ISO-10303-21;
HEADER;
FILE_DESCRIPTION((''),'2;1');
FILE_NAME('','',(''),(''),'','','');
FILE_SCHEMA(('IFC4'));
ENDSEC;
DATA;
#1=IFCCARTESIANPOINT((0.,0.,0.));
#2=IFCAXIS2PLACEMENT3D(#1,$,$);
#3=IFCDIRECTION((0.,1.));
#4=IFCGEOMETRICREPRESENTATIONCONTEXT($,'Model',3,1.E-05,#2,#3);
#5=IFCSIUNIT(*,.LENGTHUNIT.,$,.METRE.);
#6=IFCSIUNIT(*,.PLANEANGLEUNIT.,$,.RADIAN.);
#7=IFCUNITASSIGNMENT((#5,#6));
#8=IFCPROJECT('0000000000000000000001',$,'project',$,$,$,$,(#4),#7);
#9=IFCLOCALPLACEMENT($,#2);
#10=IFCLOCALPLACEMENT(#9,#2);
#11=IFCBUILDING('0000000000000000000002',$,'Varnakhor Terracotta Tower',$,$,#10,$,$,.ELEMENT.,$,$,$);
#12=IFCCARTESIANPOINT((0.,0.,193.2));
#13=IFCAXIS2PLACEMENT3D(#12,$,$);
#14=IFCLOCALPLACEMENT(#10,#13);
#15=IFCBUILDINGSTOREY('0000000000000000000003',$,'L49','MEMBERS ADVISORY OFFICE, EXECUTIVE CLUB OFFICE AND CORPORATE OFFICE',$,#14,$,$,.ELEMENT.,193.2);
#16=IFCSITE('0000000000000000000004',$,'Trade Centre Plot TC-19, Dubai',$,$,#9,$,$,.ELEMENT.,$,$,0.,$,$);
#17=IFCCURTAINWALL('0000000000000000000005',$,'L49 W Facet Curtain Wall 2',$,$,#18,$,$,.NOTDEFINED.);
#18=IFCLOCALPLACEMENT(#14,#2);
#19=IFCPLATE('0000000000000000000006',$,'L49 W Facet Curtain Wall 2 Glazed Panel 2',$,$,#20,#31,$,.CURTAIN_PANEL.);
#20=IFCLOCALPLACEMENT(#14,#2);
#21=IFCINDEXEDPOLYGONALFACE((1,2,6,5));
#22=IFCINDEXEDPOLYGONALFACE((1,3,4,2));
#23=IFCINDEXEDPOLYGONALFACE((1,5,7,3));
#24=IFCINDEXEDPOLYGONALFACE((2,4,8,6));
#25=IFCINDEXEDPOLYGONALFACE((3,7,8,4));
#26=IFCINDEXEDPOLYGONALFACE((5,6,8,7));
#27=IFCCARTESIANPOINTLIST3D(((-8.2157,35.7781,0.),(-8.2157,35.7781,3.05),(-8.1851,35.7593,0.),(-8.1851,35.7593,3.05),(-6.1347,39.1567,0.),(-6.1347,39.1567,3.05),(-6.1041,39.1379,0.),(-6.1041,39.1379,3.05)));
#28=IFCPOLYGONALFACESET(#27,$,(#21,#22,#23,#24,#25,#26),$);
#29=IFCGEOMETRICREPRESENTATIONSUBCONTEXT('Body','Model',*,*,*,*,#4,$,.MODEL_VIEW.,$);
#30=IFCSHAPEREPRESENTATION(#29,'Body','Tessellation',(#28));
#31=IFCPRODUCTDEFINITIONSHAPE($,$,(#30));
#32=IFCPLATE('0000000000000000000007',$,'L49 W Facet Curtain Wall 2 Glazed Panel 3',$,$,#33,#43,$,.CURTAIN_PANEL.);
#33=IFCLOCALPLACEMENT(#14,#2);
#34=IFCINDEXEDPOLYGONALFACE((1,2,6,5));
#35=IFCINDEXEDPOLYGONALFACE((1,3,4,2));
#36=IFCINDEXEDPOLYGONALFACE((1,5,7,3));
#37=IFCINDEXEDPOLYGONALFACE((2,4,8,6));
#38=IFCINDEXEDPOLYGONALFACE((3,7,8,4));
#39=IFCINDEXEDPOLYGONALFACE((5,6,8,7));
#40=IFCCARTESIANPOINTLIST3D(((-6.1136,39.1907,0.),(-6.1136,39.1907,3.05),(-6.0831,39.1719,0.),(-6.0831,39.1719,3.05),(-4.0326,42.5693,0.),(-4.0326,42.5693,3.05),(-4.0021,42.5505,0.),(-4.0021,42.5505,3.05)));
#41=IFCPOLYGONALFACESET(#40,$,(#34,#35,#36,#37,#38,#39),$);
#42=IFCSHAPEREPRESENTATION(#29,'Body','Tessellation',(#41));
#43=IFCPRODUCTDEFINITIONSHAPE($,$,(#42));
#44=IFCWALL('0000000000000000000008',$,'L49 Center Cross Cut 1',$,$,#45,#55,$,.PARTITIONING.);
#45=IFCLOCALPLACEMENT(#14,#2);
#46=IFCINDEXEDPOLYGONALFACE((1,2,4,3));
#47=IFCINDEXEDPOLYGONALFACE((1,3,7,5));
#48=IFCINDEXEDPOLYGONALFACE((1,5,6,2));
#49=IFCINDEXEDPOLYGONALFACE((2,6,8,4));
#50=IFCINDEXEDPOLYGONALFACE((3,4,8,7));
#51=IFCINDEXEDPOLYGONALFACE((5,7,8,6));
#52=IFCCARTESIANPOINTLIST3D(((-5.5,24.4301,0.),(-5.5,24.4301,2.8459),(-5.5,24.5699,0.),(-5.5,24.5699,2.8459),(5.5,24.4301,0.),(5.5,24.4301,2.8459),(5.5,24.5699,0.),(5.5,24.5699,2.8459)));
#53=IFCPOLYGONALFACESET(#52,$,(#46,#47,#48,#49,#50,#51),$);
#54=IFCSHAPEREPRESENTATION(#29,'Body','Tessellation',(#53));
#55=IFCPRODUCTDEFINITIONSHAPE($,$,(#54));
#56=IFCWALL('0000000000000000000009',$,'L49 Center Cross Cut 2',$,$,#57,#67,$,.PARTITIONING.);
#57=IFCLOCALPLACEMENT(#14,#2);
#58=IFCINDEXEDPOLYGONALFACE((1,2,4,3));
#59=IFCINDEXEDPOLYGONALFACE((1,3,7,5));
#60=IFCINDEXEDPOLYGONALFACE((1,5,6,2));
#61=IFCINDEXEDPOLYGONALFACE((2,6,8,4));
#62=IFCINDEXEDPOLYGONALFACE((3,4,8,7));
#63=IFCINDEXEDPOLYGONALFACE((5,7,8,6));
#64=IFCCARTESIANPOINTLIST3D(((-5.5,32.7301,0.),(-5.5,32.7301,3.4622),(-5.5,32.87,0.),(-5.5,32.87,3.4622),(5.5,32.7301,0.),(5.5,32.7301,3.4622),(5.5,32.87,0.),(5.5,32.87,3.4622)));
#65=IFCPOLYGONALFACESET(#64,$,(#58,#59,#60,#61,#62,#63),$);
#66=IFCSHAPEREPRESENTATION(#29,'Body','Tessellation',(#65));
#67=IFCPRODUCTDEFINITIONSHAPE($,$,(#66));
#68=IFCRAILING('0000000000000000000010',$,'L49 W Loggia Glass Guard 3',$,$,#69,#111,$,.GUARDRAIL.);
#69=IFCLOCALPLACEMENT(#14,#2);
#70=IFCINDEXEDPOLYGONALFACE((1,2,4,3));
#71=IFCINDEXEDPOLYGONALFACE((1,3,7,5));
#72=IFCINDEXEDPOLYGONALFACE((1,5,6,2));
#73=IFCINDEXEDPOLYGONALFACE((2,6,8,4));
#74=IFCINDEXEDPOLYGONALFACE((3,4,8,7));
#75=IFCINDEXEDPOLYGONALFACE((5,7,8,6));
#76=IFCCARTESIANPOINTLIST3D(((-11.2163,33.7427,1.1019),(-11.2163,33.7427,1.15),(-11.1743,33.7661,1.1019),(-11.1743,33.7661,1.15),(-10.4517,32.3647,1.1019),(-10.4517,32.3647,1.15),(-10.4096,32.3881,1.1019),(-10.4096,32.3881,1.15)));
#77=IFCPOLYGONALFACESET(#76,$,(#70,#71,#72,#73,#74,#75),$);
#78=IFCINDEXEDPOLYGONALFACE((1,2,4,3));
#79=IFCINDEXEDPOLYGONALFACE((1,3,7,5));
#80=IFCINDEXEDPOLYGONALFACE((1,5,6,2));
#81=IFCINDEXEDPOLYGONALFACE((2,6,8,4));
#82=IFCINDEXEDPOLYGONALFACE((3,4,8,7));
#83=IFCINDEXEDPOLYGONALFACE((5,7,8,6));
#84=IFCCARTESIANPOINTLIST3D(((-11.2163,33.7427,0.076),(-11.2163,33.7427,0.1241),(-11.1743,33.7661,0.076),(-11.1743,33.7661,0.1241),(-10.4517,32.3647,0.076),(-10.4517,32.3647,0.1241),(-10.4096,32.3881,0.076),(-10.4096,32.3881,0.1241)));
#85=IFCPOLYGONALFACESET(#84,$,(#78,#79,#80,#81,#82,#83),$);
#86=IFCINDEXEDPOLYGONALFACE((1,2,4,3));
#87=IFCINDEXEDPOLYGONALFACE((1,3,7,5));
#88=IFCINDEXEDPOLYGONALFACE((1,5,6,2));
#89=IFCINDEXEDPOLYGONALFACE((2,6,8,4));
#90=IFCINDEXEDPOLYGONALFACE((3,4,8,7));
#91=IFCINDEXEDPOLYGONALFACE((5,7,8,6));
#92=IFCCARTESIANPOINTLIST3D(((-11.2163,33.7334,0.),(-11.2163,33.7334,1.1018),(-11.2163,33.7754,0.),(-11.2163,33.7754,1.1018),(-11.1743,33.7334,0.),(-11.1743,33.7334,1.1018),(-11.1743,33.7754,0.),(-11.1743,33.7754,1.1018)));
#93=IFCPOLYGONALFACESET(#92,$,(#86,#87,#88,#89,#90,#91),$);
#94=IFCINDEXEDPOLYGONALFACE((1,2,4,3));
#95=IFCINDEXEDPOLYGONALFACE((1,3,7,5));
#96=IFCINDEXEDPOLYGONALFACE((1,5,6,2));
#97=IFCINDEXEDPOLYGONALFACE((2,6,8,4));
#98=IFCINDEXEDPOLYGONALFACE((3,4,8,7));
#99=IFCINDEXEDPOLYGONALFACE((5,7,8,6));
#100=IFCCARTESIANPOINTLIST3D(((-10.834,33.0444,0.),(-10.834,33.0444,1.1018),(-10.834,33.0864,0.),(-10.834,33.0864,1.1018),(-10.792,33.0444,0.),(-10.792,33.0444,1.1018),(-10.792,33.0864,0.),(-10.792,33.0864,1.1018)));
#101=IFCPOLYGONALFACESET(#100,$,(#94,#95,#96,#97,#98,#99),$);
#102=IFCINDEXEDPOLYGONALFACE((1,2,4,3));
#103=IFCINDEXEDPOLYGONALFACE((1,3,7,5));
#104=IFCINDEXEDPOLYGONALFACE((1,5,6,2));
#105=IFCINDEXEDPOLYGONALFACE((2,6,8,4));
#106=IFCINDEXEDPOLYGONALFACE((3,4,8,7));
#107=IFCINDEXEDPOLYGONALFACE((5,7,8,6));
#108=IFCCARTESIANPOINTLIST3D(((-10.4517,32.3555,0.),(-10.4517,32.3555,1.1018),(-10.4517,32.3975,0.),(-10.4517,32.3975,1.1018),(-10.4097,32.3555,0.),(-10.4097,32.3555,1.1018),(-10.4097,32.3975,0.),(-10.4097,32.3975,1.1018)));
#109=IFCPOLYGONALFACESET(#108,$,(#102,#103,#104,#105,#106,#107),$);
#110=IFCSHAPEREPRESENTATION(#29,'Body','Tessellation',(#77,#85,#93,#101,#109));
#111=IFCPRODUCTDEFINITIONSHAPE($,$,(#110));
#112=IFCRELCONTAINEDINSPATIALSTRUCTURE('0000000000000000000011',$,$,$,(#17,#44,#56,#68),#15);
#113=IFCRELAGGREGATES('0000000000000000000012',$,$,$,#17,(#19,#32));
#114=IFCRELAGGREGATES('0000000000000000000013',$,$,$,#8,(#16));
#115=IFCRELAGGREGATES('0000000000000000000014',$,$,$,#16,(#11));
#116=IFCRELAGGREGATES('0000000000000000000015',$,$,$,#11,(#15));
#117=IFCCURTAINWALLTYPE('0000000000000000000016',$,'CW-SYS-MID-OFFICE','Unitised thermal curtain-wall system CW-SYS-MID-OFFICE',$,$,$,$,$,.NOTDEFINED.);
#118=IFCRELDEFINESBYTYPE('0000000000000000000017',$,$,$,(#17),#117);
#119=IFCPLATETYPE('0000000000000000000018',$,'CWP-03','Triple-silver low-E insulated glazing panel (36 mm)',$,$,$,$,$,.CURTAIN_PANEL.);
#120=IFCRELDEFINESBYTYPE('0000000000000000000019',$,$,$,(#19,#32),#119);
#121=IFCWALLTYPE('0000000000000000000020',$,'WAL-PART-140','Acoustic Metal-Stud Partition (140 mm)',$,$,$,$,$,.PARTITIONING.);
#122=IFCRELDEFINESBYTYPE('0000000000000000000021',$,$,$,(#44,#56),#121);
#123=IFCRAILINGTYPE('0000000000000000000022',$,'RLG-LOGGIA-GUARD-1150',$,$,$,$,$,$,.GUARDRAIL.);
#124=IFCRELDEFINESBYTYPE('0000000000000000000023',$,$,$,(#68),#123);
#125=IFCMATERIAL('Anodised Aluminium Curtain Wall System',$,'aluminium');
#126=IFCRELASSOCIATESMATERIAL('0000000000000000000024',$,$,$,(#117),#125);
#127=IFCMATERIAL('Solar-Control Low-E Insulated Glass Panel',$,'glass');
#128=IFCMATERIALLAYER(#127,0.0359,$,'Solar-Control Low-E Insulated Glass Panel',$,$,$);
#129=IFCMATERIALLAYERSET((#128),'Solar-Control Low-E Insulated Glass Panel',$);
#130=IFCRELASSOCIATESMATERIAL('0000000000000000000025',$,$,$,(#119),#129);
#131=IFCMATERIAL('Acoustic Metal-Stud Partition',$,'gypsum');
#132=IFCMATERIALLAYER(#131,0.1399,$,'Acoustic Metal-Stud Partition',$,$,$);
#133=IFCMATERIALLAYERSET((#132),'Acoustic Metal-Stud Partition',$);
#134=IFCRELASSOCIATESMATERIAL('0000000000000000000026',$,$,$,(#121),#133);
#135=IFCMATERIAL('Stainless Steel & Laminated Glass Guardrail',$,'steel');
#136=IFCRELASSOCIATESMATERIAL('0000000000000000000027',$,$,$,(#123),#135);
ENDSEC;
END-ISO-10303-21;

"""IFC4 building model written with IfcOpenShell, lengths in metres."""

from ifc_helpers import new_model, si_unit, direction, frame, frame_2d, origin, origin_2d, place, context, subcontext, project, spatial, rectangle, extrude, source, transform, mapped, material, layer, layer_set, type_object, element, aggregate, save


model = new_model("IFC4")

# Units and contexts
model_context = context("Model", 3, precision=1e-05, world=origin(), true_north=direction((0.0, 1.0)))
body_context = subcontext(model_context, "Body", "Model", "MODEL_VIEW")
ifc_project = project(units=[si_unit("LENGTHUNIT", "METRE"), si_unit("PLANEANGLEUNIT", "RADIAN")], contexts=[model_context])

# Site, building, storey
site_placement = place(None, origin())
site = spatial("IfcSite", under=ifc_project, at=site_placement, Name="Trade Centre Plot TC-19, Dubai", CompositionType="ELEMENT", RefElevation=0.0)
building_placement = place(site_placement, origin())
building = spatial("IfcBuilding", under=site, at=building_placement, Name="Varnakhor Terracotta Tower", CompositionType="ELEMENT")
storey_placement = place(building_placement, frame((0.0, 0.0, 193.2)))
storey = spatial("IfcBuildingStorey", under=building, at=storey_placement, Name="L49", Description="MEMBERS ADVISORY OFFICE, EXECUTIVE CLUB OFFICE AND CORPORATE OFFICE", CompositionType="ELEMENT", Elevation=193.2)

# Curtain wall
ifc_material_1 = material(Name="Anodised Aluminium Curtain Wall System", Category="aluminium")
curtain_wall_type = type_object("IfcCurtainWallType", Name="CW-SYS-MID-OFFICE", Description="Unitised thermal curtain-wall system CW-SYS-MID-OFFICE", PredefinedType="NOTDEFINED", material=ifc_material_1)
curtain_wall_1_placement = place(storey_placement, origin())
curtain_wall_1 = element("IfcCurtainWall", 1, at=curtain_wall_1_placement, inside=storey, type_object=curtain_wall_type, Name="L49 W Facet Curtain Wall 2", PredefinedType="NOTDEFINED")

# Plates
ifc_material_2 = material(Name="Solar-Control Low-E Insulated Glass Panel", Category="glass")
ifc_layer_1 = layer(ifc_material_2, 0.0359, Name="Solar-Control Low-E Insulated Glass Panel")
ifc_layer_set_1 = layer_set([ifc_layer_1], Name="Solar-Control Low-E Insulated Glass Panel")
plate_type = type_object("IfcPlateType", Name="CWP-03", Description="Triple-silver low-E insulated glazing panel (36 mm)", PredefinedType="CURTAIN_PANEL", material=ifc_layer_set_1)
shared_shape_1 = source(origin(), body_context, "Body", "SweptSolid", [
    extrude(rectangle(XDim=3.968, YDim=0.0359, at=origin_2d()), origin(), (0.0, 0.0, 1.0), 3.05),
])
plate_1_placement = place(storey_placement, frame((-7.1599, 37.458, 0.0), z_axis=(0.0, 0.0, 1.0), x_axis=(0.524447, 0.851443, 0.0)))
plate_1 = element("IfcPlate", 2, at=plate_1_placement, type_object=plate_type, Name="L49 W Facet Curtain Wall 2 Glazed Panel 2", PredefinedType="CURTAIN_PANEL", context=body_context, shape_type="MappedRepresentation", body=[
    mapped(shared_shape_1, transform((0.0, 0.0, 0.0), scale=1.0)),
])
plate_2_placement = place(storey_placement, frame((-5.0579, 40.8706, 0.0), z_axis=(0.0, 0.0, 1.0), x_axis=(0.524447, 0.851443, 0.0)))
plate_2 = element("IfcPlate", 3, at=plate_2_placement, type_object=plate_type, Name="L49 W Facet Curtain Wall 2 Glazed Panel 3", PredefinedType="CURTAIN_PANEL", context=body_context, shape_type="MappedRepresentation", body=[
    mapped(shared_shape_1, transform((0.0, 0.0, 0.0), scale=1.0)),
])
aggregate(curtain_wall_1, [plate_1, plate_2])

# Walls
ifc_material_3 = material(Name="Acoustic Metal-Stud Partition", Category="gypsum")
ifc_layer_2 = layer(ifc_material_3, 0.1399, Name="Acoustic Metal-Stud Partition")
ifc_layer_set_2 = layer_set([ifc_layer_2], Name="Acoustic Metal-Stud Partition")
wall_type = type_object("IfcWallType", Name="WAL-PART-140", Description="Acoustic Metal-Stud Partition (140 mm)", PredefinedType="PARTITIONING", material=ifc_layer_set_2)
wall_1_placement = place(storey_placement, frame((-5.5, 24.5, 0.0), z_axis=(0.0, 0.0, 1.0), x_axis=(1.0, 0.0, 0.0)))
element("IfcWall", 4, at=wall_1_placement, inside=storey, type_object=wall_type, Name="L49 Center Cross Cut 1", PredefinedType="PARTITIONING", context=body_context, shape_type="SweptSolid", body=[
    extrude(rectangle(XDim=11.0, YDim=0.1399, at=frame_2d((5.5, 0.0))), origin(), (0.0, 0.0, 1.0), 2.8459),
])
wall_2_placement = place(storey_placement, frame((-5.5, 32.8, 0.0), z_axis=(0.0, 0.0, 1.0), x_axis=(1.0, 0.0, 0.0)))
element("IfcWall", 5, at=wall_2_placement, inside=storey, type_object=wall_type, Name="L49 Center Cross Cut 2", PredefinedType="PARTITIONING", context=body_context, shape_type="SweptSolid", body=[
    extrude(rectangle(XDim=11.0, YDim=0.1399, at=frame_2d((5.5, 0.0))), origin(), (0.0, 0.0, 1.0), 3.4622),
])

# Railing
ifc_material_4 = material(Name="Stainless Steel & Laminated Glass Guardrail", Category="steel")
railing_type = type_object("IfcRailingType", Name="RLG-LOGGIA-GUARD-1150", PredefinedType="GUARDRAIL", material=ifc_material_4)
railing_placement = place(storey_placement, frame((-11.1953, 33.7544, 0.0)))
element("IfcRailing", 6, at=railing_placement, inside=storey, type_object=railing_type, Name="L49 W Loggia Glass Guard 3", PredefinedType="GUARDRAIL", context=body_context, shape_type="SweptSolid", body=[
    extrude(rectangle(XDim=0.0481, YDim=0.0481, at=origin_2d()), frame((0.0, 0.0, 1.126), z_axis=(0.485222, -0.874391, 0.0), x_axis=(0.874391, 0.485222, 0.0)), (0.0, 0.0, 1.0), 1.5759),
    extrude(rectangle(XDim=0.0481, YDim=0.0481, at=origin_2d()), frame((0.0, 0.0, 0.1001), z_axis=(0.485222, -0.874391, 0.0), x_axis=(0.874391, 0.485222, 0.0)), (0.0, 0.0, 1.0), 1.5759),
    extrude(rectangle(XDim=0.042, YDim=0.042, at=origin_2d()), origin(), (0.0, 0.0, 1.0), 1.1018),
    extrude(rectangle(XDim=0.042, YDim=0.042, at=origin_2d()), frame((0.3823, -0.689, 0.0)), (0.0, 0.0, 1.0), 1.1018),
    extrude(rectangle(XDim=0.042, YDim=0.042, at=origin_2d()), frame((0.7646, -1.3779, 0.0)), (0.0, 0.0, 1.0), 1.1018),
])

save(model, "model.ifc")
